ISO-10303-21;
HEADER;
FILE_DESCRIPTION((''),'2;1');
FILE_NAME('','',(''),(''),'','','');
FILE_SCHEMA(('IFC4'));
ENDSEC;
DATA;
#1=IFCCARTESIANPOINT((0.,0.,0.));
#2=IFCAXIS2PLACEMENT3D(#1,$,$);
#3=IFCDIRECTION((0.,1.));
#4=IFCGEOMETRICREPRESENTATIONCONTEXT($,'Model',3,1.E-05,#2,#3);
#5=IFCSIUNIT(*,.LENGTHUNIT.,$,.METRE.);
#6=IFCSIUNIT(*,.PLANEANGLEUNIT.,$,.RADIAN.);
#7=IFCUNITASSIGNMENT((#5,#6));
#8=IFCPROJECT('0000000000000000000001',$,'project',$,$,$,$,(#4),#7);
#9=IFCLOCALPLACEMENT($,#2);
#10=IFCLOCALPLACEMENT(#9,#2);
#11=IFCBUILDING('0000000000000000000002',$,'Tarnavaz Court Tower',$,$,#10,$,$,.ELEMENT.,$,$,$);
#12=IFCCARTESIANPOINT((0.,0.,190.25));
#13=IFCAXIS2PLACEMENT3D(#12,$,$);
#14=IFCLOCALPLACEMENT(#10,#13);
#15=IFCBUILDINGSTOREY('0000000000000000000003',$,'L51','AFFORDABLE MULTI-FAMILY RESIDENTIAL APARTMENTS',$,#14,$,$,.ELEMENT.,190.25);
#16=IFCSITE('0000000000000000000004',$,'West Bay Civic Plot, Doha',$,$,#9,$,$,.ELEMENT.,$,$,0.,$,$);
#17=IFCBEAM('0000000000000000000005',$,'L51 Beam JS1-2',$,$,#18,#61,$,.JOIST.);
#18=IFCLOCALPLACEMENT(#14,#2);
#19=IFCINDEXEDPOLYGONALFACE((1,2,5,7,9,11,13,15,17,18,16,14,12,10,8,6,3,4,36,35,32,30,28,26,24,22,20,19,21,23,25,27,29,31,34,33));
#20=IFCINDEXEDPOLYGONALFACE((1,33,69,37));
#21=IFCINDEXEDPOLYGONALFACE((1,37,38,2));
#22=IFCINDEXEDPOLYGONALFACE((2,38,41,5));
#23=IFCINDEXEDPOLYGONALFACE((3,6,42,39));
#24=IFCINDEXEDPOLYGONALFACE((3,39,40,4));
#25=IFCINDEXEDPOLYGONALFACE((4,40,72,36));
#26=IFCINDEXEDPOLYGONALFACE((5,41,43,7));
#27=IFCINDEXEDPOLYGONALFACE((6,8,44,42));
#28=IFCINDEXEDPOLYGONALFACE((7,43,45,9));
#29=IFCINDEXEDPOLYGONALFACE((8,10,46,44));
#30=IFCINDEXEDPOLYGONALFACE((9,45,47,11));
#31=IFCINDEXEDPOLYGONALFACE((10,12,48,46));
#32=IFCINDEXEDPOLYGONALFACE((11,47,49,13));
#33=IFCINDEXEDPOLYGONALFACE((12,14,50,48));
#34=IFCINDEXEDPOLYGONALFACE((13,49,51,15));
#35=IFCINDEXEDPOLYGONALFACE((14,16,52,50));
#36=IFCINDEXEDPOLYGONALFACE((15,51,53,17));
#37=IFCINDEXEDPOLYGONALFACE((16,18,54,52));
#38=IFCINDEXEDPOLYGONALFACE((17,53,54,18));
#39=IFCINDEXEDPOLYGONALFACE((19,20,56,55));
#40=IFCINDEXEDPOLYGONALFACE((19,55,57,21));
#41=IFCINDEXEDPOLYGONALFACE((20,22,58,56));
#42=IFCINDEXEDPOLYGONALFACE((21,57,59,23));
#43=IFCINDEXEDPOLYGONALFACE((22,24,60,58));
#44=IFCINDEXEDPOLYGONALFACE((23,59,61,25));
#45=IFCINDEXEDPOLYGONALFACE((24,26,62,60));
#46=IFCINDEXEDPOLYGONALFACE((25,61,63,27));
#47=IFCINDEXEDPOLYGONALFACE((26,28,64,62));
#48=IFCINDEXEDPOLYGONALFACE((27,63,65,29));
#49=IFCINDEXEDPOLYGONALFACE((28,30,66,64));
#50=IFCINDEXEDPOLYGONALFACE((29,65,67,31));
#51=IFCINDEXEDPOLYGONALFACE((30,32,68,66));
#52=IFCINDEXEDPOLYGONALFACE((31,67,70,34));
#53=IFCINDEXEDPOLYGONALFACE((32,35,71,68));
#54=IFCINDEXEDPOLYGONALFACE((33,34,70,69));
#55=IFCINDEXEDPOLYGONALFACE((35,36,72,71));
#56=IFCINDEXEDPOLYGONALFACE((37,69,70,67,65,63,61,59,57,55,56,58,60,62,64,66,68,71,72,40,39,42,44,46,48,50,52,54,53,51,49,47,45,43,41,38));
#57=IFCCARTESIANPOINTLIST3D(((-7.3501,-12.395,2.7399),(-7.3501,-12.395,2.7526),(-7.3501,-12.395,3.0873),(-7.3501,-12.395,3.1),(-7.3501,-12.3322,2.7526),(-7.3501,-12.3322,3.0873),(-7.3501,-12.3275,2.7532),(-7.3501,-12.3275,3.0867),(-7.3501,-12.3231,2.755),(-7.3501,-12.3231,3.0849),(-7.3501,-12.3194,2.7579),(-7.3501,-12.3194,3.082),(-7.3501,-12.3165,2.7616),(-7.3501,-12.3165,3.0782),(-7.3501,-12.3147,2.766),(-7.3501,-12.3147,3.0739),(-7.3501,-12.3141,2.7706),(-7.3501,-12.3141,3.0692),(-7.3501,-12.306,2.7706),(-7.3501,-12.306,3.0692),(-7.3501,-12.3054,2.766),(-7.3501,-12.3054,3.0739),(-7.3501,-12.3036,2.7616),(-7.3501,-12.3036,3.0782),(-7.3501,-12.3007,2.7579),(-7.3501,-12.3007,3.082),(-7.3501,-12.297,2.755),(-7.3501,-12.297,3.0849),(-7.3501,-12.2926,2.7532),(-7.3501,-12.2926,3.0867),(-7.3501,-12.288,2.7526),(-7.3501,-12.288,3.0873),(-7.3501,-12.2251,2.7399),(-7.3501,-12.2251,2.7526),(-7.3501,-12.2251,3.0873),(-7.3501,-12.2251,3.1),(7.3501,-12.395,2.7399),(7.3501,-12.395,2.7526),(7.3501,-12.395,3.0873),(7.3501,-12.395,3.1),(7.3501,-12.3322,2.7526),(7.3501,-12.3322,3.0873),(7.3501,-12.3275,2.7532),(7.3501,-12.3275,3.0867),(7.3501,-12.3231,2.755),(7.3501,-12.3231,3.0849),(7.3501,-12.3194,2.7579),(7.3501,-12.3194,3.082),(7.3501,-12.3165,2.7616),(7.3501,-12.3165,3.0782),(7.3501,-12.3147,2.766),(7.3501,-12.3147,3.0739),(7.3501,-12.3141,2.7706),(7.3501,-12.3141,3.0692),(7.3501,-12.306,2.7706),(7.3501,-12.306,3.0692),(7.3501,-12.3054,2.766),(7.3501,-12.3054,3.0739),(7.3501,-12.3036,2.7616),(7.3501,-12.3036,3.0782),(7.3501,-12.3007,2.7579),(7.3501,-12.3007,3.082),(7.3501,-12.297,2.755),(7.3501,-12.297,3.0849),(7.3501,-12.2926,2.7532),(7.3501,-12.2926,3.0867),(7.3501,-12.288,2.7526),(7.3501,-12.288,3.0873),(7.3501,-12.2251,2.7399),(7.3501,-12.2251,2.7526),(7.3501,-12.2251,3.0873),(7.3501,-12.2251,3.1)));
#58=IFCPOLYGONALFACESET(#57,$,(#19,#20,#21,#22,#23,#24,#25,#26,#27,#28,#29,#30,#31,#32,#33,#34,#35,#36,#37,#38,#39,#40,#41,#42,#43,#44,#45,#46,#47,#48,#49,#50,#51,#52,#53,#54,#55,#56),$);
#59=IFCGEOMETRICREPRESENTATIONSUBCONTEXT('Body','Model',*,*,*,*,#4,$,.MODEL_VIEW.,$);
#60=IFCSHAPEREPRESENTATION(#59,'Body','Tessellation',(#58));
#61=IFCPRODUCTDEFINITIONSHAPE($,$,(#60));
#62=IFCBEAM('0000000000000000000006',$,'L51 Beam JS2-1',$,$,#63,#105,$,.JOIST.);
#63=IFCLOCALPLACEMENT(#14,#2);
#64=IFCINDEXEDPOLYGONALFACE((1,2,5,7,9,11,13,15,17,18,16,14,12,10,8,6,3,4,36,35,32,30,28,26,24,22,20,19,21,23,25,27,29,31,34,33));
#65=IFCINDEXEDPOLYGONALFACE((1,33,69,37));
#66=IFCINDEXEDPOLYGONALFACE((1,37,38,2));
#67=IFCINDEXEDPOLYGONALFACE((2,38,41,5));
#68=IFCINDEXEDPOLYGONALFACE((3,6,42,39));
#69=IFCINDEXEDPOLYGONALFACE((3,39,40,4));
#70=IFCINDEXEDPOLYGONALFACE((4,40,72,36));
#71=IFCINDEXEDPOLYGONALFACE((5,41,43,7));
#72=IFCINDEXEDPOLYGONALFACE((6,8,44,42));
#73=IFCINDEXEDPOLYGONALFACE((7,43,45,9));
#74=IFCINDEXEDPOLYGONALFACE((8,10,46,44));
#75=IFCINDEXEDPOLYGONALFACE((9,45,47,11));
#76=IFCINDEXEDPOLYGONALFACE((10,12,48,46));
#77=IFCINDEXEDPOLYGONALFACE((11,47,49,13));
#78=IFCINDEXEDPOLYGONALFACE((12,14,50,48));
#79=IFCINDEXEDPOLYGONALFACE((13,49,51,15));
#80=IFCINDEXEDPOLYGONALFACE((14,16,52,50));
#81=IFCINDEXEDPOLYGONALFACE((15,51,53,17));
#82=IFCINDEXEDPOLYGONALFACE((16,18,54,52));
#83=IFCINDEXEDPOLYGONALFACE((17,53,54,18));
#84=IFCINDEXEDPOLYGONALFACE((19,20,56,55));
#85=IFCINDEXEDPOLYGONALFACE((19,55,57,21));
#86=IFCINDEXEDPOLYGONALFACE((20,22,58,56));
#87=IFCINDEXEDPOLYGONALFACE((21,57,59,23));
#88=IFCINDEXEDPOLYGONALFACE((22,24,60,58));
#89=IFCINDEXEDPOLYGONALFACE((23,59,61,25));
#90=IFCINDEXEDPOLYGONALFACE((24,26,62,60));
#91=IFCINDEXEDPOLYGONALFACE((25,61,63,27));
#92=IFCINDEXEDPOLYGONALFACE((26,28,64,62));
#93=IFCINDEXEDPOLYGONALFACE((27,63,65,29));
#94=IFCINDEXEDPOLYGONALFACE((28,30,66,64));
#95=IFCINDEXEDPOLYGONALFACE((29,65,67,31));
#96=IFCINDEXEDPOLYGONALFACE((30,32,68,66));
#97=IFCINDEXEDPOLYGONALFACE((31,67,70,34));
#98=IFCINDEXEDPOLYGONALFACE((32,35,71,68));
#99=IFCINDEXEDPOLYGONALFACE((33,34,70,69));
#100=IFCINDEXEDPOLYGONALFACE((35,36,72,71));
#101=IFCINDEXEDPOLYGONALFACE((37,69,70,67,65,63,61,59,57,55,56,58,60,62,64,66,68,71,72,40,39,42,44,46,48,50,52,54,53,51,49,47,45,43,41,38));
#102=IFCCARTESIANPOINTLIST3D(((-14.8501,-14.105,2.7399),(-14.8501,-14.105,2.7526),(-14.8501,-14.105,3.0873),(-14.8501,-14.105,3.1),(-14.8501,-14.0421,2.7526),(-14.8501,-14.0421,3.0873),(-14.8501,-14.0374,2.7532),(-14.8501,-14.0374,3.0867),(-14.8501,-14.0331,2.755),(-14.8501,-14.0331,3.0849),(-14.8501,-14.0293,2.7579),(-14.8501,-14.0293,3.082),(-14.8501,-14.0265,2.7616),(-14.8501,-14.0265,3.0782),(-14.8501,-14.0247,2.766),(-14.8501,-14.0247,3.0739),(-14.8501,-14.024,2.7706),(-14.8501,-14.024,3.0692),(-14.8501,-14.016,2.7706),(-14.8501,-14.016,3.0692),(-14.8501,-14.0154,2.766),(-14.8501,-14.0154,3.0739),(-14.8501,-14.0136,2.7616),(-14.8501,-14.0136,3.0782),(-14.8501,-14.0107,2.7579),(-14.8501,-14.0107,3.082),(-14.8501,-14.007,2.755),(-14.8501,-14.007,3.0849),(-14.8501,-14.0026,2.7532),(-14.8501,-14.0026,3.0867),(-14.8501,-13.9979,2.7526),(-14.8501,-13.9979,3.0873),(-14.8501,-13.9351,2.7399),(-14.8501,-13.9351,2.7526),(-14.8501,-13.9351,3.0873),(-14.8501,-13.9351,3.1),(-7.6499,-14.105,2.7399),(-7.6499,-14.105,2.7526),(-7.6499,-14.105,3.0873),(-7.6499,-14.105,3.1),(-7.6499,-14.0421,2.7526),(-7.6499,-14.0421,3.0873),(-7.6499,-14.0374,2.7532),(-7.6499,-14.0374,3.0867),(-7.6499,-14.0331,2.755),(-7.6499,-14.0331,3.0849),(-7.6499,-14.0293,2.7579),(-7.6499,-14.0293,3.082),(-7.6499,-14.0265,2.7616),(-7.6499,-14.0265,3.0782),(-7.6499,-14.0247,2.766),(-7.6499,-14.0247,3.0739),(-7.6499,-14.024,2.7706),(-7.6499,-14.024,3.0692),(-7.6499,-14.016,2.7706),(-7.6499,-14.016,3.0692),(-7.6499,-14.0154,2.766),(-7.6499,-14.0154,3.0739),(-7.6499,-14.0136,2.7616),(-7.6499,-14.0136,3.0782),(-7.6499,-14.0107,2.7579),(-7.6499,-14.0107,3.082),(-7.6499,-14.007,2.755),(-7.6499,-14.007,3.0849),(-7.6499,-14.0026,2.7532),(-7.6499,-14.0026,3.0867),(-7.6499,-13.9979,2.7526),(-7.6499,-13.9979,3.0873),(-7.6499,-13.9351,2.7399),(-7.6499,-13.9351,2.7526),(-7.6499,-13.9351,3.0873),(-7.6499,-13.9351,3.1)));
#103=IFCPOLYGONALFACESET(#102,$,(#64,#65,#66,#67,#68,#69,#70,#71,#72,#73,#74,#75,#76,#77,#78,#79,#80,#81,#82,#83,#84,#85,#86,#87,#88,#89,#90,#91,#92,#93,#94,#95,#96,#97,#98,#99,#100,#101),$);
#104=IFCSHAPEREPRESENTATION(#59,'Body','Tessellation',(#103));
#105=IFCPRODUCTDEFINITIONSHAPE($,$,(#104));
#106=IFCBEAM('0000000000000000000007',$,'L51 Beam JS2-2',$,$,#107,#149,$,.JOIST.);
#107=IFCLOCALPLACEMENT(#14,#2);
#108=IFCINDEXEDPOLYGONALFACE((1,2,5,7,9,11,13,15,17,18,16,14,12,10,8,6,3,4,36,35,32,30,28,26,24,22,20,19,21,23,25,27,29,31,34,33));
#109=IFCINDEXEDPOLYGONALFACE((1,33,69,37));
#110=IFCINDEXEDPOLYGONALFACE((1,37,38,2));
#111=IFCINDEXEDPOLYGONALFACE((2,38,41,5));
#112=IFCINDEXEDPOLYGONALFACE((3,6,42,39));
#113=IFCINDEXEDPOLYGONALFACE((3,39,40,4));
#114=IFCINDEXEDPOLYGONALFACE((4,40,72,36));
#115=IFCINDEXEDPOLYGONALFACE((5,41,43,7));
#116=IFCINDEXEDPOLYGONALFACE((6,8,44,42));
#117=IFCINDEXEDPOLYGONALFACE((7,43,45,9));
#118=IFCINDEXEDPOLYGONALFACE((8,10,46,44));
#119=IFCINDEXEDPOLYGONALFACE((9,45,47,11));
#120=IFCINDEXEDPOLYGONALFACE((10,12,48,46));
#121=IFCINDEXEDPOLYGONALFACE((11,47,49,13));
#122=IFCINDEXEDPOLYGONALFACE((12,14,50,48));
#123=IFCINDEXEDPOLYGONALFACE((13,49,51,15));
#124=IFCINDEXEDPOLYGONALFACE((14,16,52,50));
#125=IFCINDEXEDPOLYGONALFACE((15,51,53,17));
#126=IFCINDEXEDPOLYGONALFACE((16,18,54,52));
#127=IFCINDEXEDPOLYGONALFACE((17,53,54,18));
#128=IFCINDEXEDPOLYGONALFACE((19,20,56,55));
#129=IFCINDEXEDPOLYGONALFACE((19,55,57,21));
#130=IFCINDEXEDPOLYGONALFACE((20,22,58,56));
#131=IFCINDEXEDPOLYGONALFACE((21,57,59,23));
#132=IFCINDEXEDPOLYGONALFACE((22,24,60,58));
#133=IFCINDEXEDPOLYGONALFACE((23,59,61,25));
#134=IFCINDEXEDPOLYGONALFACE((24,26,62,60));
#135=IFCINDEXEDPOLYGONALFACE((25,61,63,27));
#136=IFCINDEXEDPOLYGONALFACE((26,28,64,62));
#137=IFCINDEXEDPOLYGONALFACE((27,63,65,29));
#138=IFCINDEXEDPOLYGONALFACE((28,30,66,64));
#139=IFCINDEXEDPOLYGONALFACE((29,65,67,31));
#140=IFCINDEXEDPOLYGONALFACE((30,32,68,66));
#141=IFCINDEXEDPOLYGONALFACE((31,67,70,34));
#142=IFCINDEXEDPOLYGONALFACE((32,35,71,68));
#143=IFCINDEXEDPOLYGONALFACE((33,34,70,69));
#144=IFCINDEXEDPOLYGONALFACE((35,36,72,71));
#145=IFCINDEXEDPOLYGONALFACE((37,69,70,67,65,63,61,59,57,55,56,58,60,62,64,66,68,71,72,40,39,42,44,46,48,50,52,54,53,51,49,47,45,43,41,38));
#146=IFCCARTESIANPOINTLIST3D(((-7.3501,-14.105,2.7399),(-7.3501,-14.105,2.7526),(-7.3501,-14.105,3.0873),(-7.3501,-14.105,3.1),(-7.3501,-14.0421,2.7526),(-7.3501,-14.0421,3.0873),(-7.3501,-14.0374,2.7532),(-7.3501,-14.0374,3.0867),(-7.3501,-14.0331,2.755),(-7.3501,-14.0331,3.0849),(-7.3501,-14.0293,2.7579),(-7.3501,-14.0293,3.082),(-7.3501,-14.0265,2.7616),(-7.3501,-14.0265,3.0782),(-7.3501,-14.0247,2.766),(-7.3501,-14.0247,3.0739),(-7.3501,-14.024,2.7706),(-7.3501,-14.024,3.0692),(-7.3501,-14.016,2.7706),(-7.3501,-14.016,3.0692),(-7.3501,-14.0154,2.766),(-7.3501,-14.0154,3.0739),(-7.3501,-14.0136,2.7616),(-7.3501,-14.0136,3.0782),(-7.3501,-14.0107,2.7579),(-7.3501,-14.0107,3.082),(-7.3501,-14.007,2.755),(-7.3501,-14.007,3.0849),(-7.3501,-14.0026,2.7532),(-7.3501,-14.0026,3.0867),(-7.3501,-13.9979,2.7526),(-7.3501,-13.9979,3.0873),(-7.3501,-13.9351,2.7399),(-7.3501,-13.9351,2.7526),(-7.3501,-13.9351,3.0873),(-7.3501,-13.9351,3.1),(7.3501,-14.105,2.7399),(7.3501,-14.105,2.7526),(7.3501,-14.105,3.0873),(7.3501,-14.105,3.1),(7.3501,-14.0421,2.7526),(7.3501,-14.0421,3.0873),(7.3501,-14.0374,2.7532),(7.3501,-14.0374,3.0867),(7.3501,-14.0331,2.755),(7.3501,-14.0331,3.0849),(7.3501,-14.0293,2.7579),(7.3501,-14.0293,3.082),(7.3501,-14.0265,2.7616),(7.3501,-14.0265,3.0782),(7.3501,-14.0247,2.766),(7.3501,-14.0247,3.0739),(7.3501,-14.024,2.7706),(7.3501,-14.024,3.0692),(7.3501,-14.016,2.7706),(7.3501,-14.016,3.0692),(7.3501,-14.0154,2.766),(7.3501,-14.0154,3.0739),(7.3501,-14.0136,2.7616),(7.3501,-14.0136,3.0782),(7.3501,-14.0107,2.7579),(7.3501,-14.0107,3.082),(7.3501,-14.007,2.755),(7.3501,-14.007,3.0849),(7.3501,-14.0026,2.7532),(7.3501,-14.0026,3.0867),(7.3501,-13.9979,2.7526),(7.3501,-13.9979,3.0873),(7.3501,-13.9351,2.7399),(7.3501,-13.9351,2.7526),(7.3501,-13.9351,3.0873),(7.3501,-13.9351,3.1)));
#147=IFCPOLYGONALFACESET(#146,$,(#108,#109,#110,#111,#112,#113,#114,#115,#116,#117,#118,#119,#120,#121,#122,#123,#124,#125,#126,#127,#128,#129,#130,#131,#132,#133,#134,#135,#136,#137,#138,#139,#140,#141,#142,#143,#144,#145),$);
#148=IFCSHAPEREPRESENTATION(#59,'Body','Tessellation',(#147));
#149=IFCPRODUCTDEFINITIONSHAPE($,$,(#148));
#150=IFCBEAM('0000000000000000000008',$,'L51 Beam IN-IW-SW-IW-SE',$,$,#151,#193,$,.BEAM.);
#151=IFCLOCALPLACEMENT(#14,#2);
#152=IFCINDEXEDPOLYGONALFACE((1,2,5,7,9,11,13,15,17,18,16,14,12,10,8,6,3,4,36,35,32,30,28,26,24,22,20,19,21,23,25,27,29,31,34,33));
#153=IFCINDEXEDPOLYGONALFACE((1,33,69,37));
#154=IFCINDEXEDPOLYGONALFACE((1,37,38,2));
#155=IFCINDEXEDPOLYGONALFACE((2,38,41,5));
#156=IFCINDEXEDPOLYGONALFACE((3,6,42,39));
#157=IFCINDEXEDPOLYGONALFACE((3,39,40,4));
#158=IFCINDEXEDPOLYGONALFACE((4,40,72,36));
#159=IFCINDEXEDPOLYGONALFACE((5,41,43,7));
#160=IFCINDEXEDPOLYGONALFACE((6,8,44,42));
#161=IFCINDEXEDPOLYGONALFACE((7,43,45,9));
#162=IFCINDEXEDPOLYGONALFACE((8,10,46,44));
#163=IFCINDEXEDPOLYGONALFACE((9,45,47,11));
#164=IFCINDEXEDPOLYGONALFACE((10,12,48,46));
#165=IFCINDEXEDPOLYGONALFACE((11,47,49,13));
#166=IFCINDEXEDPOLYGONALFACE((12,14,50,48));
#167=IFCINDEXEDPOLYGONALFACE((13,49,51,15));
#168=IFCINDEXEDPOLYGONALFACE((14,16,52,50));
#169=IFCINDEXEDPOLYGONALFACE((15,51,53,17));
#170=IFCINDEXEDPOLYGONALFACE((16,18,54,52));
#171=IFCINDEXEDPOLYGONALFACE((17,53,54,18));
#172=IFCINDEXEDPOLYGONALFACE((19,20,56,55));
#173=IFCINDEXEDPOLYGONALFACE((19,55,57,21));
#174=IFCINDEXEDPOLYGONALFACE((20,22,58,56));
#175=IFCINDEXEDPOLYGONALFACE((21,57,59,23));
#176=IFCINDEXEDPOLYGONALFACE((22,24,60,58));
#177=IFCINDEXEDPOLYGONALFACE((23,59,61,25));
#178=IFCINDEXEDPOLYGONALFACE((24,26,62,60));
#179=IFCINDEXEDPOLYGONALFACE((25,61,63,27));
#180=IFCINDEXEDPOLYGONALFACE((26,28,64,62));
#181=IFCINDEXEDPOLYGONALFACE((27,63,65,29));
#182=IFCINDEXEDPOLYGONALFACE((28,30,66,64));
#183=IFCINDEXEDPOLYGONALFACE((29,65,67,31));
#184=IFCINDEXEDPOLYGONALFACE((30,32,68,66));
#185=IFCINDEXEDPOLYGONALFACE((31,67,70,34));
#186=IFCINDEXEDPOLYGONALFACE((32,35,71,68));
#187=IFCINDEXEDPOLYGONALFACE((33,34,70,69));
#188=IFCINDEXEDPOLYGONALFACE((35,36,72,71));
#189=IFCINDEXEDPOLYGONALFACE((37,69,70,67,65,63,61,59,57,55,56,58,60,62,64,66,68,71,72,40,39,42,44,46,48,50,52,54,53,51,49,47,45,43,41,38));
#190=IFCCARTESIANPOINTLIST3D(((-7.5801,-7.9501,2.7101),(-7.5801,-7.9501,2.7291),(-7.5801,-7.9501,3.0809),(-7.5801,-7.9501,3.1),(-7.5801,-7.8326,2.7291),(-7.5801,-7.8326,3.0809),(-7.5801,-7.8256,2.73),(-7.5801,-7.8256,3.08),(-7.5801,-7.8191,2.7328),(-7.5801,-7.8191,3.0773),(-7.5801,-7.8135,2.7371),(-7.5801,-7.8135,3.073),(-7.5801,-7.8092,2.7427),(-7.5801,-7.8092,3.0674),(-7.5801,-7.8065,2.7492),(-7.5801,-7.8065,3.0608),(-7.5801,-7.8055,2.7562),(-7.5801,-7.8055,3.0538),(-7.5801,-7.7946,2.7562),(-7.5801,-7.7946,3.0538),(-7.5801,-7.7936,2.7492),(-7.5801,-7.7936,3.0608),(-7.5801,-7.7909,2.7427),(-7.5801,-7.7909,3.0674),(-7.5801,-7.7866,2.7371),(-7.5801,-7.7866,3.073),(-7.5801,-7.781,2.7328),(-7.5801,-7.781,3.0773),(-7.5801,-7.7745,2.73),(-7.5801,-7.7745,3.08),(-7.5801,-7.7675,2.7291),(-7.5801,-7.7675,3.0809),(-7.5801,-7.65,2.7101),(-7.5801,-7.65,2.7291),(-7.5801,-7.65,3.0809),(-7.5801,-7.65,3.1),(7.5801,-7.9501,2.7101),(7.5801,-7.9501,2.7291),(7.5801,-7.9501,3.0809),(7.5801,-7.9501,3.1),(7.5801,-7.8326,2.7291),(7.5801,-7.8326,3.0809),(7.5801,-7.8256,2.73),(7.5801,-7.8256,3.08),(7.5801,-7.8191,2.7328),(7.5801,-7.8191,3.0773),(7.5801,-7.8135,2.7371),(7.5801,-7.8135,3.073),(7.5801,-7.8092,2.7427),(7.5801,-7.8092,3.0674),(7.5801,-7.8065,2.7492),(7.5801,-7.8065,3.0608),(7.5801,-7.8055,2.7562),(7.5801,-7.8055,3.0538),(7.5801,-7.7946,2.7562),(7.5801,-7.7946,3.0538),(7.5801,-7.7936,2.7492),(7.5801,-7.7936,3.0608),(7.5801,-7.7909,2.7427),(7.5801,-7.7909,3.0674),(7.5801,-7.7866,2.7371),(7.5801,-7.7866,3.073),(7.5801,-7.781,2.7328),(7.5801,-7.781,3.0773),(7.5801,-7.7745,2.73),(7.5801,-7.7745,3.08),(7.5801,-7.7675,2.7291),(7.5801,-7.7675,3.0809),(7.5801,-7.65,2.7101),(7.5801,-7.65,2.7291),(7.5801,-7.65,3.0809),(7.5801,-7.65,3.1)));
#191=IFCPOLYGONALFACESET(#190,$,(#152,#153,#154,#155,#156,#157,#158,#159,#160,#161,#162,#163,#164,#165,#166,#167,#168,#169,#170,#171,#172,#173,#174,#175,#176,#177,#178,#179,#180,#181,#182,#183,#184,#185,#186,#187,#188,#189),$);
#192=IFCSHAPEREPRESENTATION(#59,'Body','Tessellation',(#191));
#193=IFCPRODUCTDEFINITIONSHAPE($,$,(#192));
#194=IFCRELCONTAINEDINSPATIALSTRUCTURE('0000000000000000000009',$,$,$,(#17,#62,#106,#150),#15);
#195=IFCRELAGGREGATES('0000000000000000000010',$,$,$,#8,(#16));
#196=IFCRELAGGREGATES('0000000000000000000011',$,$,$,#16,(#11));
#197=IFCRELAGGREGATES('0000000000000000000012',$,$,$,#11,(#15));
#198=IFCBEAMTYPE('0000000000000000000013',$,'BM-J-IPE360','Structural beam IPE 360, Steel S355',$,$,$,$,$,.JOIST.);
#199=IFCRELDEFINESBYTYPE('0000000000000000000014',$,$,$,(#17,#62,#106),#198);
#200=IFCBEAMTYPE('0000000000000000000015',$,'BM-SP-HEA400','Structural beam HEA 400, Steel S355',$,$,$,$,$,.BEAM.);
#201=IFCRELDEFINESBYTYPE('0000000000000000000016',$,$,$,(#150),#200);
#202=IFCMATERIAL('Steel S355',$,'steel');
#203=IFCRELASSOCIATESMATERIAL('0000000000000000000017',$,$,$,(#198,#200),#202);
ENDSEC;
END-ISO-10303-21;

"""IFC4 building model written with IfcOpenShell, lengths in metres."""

from ifc_helpers import new_model, si_unit, direction, frame, origin, origin_2d, place, context, subcontext, project, spatial, i_section, extrude, material, material_profile, profile_set, type_object, element, save


model = new_model("IFC4")

# Units and contexts
model_context = context("Model", 3, precision=1e-05, world=origin(), true_north=direction((0.0, 1.0)))
body_context = subcontext(model_context, "Body", "Model", "MODEL_VIEW")
ifc_project = project(units=[si_unit("LENGTHUNIT", "METRE"), si_unit("PLANEANGLEUNIT", "RADIAN")], contexts=[model_context])

# Site, building, storey
site_placement = place(None, origin())
site = spatial("IfcSite", under=ifc_project, at=site_placement, Name="West Bay Civic Plot, Doha", CompositionType="ELEMENT", RefElevation=0.0)
building_placement = place(site_placement, origin())
building = spatial("IfcBuilding", under=site, at=building_placement, Name="Tarnavaz Court Tower", CompositionType="ELEMENT")
storey_placement = place(building_placement, frame((0.0, 0.0, 190.25)))
storey = spatial("IfcBuildingStorey", under=building, at=storey_placement, Name="L51", Description="AFFORDABLE MULTI-FAMILY RESIDENTIAL APARTMENTS", CompositionType="ELEMENT", Elevation=190.25)

# Beams
ifc_material_1 = material(Name="Steel S355", Category="steel")
ifc_material_profile_1 = material_profile(ifc_material_1, i_section(OverallWidth=0.1699, OverallDepth=0.3601, WebThickness=0.0081, FlangeThickness=0.0127, FilletRadius=0.0181, at=origin_2d()), Name="IPE 360")
ifc_profile_set_1 = profile_set([ifc_material_profile_1], Name="Steel S355")
beam_type_1 = type_object("IfcBeamType", Name="BM-J-IPE360", Description="Structural beam IPE 360, Steel S355", PredefinedType="JOIST", material=ifc_profile_set_1)
beam_1_placement = place(storey_placement, frame((-7.3501, -12.3101, 2.9199), z_axis=(1.0, 0.0, 0.0), x_axis=(0.0, 1.0, 0.0)))
element("IfcBeam", 1, at=beam_1_placement, inside=storey, type_object=beam_type_1, Name="L51 Beam JS1-2", PredefinedType="JOIST", context=body_context, shape_type="SweptSolid", body=[
    extrude(i_section(OverallWidth=0.1699, OverallDepth=0.3601, WebThickness=0.0081, FlangeThickness=0.0127, FilletRadius=0.0181, at=origin_2d()), origin(), (0.0, 0.0, 1.0), 14.7002),
])
beam_2_placement = place(storey_placement, frame((-14.8501, -14.02, 2.9199), z_axis=(1.0, 0.0, 0.0), x_axis=(0.0, 1.0, 0.0)))
element("IfcBeam", 2, at=beam_2_placement, inside=storey, type_object=beam_type_1, Name="L51 Beam JS2-1", PredefinedType="JOIST", context=body_context, shape_type="SweptSolid", body=[
    extrude(i_section(OverallWidth=0.1699, OverallDepth=0.3601, WebThickness=0.0081, FlangeThickness=0.0127, FilletRadius=0.0181, at=origin_2d()), origin(), (0.0, 0.0, 1.0), 7.2002),
])
beam_3_placement = place(storey_placement, frame((-7.3501, -14.02, 2.9199), z_axis=(1.0, 0.0, 0.0), x_axis=(0.0, 1.0, 0.0)))
element("IfcBeam", 3, at=beam_3_placement, inside=storey, type_object=beam_type_1, Name="L51 Beam JS2-2", PredefinedType="JOIST", context=body_context, shape_type="SweptSolid", body=[
    extrude(i_section(OverallWidth=0.1699, OverallDepth=0.3601, WebThickness=0.0081, FlangeThickness=0.0127, FilletRadius=0.0181, at=origin_2d()), origin(), (0.0, 0.0, 1.0), 14.7002),
])
ifc_material_profile_2 = material_profile(ifc_material_1, i_section(OverallWidth=0.3, OverallDepth=0.3899, WebThickness=0.011, FlangeThickness=0.019, FilletRadius=0.0271, at=origin_2d()), Name="HEA 400")
ifc_profile_set_2 = profile_set([ifc_material_profile_2], Name="Steel S355")
beam_type_2 = type_object("IfcBeamType", Name="BM-SP-HEA400", Description="Structural beam HEA 400, Steel S355", PredefinedType="BEAM", material=ifc_profile_set_2)
for number, where, z_axis, x_axis, name in (
    (4, (-7.5801, -7.8, 2.905), (1.0, 0.0, 0.0), (0.0, 1.0, 0.0), "L51 Beam IN-IW-SW-IW-SE"),
):
    element("IfcBeam", number, at=place(storey_placement, frame(where, z_axis=z_axis, x_axis=x_axis)), inside=storey, type_object=beam_type_2, Name=name, PredefinedType="BEAM", context=body_context, shape_type="SweptSolid", body=[
        extrude(i_section(OverallWidth=0.3, OverallDepth=0.3899, WebThickness=0.011, FlangeThickness=0.019, FilletRadius=0.0271, at=origin_2d()), origin(), (0.0, 0.0, 1.0), 15.1602),
    ])

save(model, "model.ifc")
